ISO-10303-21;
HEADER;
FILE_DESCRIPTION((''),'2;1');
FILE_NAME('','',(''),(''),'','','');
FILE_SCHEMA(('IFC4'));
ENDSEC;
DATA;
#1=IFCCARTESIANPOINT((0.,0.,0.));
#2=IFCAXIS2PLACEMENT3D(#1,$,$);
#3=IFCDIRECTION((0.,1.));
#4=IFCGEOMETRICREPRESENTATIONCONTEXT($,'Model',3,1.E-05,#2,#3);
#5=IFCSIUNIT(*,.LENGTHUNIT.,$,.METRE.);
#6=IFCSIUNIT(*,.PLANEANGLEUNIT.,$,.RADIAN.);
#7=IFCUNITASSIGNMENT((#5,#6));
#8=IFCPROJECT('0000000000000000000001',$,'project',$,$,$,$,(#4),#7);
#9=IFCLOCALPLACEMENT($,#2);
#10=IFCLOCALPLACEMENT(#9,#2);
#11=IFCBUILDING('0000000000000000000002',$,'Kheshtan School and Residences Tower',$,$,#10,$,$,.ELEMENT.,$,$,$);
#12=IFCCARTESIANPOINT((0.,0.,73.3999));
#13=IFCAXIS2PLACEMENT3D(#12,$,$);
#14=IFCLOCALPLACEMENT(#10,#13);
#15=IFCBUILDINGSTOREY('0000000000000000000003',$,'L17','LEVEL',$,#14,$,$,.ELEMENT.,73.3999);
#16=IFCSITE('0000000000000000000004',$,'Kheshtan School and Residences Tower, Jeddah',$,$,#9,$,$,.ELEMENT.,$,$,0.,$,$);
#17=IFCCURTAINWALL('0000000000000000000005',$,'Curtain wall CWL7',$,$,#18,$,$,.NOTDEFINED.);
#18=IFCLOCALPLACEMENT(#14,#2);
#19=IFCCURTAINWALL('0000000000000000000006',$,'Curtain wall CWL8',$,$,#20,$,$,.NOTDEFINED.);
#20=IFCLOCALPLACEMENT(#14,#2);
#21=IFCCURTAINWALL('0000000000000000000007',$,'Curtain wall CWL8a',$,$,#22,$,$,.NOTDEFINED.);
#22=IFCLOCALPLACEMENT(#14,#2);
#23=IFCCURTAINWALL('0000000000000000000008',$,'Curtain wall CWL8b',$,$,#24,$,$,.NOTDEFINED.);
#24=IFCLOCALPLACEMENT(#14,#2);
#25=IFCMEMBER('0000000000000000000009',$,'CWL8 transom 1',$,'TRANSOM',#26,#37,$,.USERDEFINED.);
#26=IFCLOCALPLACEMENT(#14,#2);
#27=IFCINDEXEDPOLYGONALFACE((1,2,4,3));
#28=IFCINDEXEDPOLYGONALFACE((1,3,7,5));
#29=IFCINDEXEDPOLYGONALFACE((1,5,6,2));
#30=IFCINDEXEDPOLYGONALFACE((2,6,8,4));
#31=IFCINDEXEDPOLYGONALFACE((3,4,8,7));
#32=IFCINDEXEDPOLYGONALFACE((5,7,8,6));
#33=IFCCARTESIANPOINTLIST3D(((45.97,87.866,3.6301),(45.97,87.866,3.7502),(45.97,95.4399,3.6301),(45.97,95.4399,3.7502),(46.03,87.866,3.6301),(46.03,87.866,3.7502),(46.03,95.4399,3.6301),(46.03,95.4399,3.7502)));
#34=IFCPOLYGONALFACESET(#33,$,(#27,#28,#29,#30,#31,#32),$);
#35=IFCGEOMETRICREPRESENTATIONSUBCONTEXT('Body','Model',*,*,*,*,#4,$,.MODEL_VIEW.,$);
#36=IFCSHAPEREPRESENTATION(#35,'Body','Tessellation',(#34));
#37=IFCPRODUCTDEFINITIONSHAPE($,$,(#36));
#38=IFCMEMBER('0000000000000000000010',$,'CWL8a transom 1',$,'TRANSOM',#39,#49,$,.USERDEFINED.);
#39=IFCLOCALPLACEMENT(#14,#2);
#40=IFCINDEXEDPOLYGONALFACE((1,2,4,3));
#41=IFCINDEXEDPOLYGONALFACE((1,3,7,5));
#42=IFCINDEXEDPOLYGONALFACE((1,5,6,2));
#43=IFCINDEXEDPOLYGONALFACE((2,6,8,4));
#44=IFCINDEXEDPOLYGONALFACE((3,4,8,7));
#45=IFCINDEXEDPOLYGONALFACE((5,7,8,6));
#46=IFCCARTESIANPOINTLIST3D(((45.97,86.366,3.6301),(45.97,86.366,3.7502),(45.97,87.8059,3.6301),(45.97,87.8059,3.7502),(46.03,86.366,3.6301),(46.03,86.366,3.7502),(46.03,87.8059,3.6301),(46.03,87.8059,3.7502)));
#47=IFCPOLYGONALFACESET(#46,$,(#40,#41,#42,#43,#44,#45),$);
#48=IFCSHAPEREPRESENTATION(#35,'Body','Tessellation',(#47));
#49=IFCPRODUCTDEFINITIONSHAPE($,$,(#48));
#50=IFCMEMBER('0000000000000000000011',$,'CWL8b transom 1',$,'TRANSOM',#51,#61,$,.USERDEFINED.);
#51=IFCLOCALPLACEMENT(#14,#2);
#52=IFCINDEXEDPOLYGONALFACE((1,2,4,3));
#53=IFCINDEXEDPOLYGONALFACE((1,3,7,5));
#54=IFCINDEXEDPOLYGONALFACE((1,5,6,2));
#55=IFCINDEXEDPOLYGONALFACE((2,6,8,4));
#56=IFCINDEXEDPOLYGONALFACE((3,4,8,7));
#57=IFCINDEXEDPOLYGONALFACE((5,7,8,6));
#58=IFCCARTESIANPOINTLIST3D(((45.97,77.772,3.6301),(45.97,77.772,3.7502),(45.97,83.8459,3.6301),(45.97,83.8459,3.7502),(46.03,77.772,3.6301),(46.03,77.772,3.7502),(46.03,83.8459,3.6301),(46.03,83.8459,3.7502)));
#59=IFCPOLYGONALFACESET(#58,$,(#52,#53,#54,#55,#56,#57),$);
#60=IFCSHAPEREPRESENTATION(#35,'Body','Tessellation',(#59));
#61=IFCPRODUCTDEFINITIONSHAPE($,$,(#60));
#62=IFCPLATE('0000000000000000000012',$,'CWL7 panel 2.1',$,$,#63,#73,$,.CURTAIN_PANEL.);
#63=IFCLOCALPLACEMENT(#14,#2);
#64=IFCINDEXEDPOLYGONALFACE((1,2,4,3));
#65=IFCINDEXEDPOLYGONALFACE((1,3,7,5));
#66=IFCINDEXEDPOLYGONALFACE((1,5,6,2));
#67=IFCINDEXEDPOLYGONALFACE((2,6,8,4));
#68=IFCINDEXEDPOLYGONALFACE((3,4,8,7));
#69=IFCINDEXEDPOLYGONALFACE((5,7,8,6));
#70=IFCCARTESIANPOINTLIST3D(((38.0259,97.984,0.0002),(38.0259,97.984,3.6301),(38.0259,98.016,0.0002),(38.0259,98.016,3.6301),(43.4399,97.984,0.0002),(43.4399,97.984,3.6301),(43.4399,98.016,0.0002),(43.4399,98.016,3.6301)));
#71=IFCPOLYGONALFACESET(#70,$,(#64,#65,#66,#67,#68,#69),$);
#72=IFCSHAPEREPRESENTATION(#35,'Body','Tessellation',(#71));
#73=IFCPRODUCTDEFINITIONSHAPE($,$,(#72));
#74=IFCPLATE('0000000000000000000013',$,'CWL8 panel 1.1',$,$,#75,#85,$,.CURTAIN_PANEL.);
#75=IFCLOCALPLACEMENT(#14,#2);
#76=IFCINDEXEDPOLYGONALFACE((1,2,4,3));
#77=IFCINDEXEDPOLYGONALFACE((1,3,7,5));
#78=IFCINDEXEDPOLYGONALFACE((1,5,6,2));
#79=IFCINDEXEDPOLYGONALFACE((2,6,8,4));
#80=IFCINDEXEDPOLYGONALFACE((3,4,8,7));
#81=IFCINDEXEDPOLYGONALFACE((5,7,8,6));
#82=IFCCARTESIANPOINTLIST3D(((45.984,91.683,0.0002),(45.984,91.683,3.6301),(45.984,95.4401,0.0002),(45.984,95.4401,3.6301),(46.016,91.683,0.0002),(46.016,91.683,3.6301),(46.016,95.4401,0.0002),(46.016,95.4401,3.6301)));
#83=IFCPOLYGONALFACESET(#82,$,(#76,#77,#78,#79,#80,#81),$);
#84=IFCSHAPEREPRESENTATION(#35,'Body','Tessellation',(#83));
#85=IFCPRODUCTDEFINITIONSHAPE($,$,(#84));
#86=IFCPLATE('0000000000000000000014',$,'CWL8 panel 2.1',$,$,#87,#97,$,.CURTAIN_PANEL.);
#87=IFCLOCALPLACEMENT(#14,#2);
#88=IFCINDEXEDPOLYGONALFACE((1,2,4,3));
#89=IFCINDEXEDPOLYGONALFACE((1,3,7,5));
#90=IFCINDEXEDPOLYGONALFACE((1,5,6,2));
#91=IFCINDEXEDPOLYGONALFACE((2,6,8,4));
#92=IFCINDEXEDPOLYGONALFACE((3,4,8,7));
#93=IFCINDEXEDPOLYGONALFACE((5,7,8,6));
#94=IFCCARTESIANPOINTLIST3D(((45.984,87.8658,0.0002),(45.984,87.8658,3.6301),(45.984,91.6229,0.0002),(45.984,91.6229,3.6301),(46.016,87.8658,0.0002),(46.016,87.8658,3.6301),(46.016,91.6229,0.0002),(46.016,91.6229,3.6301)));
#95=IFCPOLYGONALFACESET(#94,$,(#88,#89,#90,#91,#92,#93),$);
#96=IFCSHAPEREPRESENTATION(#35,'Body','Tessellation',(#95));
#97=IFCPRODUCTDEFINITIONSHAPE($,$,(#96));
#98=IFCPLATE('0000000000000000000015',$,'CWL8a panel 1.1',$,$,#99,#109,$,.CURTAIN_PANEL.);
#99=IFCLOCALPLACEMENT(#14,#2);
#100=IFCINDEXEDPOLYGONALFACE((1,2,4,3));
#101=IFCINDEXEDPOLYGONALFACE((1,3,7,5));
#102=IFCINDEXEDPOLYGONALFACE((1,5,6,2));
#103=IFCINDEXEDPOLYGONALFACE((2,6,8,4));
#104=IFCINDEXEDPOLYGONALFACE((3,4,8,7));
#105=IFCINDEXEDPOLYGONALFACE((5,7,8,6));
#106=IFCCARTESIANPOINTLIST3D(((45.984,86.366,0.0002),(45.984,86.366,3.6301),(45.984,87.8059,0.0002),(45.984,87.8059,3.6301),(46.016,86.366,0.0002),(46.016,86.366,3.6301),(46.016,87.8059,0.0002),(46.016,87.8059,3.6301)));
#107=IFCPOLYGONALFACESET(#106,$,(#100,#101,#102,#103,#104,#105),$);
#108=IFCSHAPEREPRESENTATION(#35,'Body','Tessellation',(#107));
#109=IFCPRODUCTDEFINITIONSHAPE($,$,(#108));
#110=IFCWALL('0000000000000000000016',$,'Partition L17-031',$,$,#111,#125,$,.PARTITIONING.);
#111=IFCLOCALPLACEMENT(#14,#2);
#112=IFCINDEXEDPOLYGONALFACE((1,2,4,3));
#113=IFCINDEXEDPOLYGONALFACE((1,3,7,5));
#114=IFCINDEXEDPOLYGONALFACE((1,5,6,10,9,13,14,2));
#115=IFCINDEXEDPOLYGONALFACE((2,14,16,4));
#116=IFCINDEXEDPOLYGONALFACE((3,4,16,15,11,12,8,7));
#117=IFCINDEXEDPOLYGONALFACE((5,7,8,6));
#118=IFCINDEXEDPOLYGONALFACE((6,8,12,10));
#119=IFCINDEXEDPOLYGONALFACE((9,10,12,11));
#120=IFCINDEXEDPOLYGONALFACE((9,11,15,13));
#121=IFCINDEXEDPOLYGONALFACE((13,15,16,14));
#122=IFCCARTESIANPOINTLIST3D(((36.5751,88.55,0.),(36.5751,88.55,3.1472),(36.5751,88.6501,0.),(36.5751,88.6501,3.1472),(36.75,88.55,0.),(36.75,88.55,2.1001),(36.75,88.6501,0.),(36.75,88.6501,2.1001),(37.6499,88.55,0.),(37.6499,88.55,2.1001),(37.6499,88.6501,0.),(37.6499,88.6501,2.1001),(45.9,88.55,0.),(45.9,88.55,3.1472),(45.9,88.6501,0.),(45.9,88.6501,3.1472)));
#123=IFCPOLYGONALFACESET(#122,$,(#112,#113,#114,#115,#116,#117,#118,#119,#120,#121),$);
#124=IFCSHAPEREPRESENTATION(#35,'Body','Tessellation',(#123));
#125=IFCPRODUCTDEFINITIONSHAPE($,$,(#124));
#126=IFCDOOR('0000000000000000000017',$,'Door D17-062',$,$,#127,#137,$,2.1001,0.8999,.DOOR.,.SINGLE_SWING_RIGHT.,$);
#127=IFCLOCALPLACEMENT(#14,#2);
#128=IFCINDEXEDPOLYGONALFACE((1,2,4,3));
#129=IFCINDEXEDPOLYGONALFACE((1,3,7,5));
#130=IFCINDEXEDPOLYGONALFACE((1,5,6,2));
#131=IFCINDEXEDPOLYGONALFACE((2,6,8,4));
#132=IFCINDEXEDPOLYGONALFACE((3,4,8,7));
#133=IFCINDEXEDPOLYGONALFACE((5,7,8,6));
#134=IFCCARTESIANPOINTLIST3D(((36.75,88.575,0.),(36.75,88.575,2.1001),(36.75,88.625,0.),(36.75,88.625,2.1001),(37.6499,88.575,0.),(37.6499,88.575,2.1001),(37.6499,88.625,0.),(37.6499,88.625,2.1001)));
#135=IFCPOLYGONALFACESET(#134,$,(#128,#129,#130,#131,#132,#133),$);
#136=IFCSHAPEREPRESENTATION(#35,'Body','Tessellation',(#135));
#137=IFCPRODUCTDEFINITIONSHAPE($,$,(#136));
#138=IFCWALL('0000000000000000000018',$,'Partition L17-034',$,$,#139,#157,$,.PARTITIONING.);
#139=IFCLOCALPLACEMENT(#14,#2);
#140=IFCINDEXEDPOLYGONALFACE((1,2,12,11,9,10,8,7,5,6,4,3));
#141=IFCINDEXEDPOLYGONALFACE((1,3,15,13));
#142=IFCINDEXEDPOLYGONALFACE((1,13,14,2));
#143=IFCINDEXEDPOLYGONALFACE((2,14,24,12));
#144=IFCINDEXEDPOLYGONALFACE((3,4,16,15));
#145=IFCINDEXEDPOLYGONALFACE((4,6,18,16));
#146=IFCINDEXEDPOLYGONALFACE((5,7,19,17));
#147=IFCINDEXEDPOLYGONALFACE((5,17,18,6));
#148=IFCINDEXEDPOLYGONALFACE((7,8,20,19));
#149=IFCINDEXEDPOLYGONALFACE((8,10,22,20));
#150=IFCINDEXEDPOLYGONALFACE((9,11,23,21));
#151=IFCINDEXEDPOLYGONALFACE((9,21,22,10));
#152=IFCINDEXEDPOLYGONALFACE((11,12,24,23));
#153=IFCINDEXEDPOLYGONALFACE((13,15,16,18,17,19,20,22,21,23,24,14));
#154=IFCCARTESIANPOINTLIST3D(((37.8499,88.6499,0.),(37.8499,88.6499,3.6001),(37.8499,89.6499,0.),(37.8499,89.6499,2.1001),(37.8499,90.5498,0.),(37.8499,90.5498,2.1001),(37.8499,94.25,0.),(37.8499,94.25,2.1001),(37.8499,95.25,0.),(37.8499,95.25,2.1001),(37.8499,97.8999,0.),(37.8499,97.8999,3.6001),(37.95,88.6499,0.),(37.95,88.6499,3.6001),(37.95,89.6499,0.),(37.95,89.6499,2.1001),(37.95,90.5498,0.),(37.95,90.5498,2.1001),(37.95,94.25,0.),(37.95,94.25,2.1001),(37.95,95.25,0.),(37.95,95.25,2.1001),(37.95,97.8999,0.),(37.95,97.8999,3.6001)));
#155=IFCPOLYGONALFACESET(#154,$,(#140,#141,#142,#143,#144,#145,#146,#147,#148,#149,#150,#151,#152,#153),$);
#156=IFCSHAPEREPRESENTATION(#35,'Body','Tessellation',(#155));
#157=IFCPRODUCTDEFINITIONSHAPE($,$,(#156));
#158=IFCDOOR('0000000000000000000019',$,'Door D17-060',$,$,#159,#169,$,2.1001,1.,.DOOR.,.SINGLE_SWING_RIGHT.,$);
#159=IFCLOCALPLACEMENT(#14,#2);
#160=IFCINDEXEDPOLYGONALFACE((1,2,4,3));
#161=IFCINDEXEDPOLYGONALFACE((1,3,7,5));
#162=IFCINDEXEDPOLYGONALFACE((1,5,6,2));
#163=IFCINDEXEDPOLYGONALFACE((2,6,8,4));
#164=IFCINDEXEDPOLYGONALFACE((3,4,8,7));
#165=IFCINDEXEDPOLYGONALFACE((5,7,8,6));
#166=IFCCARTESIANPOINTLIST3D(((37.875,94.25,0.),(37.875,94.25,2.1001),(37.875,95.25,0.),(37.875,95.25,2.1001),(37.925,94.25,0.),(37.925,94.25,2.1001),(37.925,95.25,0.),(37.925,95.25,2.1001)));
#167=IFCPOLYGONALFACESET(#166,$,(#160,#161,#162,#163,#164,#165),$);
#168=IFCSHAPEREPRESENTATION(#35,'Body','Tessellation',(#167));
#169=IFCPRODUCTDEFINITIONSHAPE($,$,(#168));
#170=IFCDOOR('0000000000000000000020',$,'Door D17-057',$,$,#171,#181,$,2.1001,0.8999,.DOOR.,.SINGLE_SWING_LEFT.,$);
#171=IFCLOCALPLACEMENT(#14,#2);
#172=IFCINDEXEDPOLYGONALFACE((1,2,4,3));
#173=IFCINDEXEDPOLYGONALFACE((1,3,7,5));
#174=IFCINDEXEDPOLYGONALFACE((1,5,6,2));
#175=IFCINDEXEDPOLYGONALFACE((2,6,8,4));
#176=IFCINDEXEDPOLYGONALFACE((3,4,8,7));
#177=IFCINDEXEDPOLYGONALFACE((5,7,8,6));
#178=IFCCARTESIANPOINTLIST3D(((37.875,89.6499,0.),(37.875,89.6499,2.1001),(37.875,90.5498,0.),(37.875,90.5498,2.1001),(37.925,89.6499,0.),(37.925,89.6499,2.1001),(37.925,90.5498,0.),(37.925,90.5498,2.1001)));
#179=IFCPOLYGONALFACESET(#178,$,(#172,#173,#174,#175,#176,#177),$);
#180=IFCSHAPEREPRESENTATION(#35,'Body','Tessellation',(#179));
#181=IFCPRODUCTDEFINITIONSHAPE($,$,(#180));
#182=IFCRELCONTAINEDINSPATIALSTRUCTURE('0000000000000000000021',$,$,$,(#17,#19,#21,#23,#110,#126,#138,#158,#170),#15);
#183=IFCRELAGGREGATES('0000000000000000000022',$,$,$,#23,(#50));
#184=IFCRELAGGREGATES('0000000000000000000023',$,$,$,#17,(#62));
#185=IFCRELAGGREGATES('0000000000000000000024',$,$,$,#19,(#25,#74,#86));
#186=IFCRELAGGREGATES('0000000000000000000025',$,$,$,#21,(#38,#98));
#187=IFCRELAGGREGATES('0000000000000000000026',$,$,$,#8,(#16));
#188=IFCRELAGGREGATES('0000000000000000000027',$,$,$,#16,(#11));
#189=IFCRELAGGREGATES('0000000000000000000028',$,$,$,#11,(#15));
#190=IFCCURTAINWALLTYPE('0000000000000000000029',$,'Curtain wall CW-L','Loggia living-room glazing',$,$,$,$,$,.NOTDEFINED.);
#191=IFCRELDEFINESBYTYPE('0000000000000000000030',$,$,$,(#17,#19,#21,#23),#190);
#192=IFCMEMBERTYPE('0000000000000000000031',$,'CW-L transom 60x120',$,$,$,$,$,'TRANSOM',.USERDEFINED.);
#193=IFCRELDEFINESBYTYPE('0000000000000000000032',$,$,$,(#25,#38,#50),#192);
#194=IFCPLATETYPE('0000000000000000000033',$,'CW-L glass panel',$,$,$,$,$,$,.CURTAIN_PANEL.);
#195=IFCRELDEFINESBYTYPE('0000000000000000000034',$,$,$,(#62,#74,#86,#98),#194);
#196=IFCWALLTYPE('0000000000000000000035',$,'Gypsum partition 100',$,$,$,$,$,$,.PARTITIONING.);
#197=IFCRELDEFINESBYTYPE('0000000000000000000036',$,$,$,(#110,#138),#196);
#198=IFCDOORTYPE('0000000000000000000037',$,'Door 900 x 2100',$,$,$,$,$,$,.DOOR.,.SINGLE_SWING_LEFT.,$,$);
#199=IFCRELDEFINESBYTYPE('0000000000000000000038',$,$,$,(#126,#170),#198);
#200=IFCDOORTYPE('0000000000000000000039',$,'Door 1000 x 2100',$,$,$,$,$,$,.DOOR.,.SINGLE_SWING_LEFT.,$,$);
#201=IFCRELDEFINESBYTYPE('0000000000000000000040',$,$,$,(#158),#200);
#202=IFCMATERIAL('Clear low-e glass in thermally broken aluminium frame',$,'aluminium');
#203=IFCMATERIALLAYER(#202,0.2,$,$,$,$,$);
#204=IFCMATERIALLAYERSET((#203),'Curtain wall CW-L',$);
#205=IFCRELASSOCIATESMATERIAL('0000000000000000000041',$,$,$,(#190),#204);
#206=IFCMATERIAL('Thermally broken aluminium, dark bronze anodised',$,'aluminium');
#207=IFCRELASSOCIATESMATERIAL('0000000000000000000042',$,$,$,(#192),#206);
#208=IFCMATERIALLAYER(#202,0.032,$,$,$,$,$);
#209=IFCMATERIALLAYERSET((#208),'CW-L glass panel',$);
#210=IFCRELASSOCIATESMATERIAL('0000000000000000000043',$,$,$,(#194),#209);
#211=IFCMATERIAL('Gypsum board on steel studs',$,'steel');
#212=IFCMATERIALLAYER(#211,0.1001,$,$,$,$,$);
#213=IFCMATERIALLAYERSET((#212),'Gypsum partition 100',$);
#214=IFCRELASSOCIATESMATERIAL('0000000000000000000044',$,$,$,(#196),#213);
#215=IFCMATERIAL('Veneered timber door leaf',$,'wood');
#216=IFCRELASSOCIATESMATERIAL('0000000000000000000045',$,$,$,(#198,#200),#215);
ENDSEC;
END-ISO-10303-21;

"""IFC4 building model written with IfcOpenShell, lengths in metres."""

from ifc_helpers import new_model, si_unit, direction, frame, frame_2d, origin, origin_2d, place, context, subcontext, project, spatial, rectangle, extrude, source, transform, mapped, material, layer, layer_set, material_profile, profile_set, type_object, element, fill, aggregate, save


model = new_model("IFC4")

# Units and contexts
model_context = context("Model", 3, precision=1e-05, world=origin(), true_north=direction((0.0, 1.0)))
body_context = subcontext(model_context, "Body", "Model", "MODEL_VIEW")
ifc_project = project(units=[si_unit("LENGTHUNIT", "METRE"), si_unit("PLANEANGLEUNIT", "RADIAN")], contexts=[model_context])

# Site, building, storey
site_placement = place(None, origin())
site = spatial("IfcSite", under=ifc_project, at=site_placement, Name="Kheshtan School and Residences Tower, Jeddah", CompositionType="ELEMENT", RefElevation=0.0)
building_placement = place(site_placement, origin())
building = spatial("IfcBuilding", under=site, at=building_placement, Name="Kheshtan School and Residences Tower", CompositionType="ELEMENT")
storey_placement = place(building_placement, frame((0.0, 0.0, 73.3999)))
storey = spatial("IfcBuildingStorey", under=building, at=storey_placement, Name="L17", Description="LEVEL", CompositionType="ELEMENT", Elevation=73.3999)

# Curtain walls
ifc_material_1 = material(Name="Clear low-e glass in thermally broken aluminium frame", Category="aluminium")
ifc_layer_1 = layer(ifc_material_1, 0.2)
ifc_layer_set_1 = layer_set([ifc_layer_1], Name="Curtain wall CW-L")
curtain_wall_type = type_object("IfcCurtainWallType", Name="Curtain wall CW-L", Description="Loggia living-room glazing", PredefinedType="NOTDEFINED", material=ifc_layer_set_1)
curtain_wall_1_placement = place(storey_placement, origin())
curtain_wall_1 = element("IfcCurtainWall", 1, at=curtain_wall_1_placement, inside=storey, type_object=curtain_wall_type, Name="Curtain wall CWL7", PredefinedType="NOTDEFINED")
ifc_material_2 = material(Name="Thermally broken aluminium, dark bronze anodised", Category="aluminium")
curtain_wall_2_placement = place(storey_placement, origin())
curtain_wall_2 = element("IfcCurtainWall", 2, at=curtain_wall_2_placement, inside=storey, type_object=curtain_wall_type, Name="Curtain wall CWL8", PredefinedType="NOTDEFINED")

# Curtain walls
curtain_wall_3_placement = place(storey_placement, origin())
curtain_wall_3 = element("IfcCurtainWall", 3, at=curtain_wall_3_placement, inside=storey, type_object=curtain_wall_type, Name="Curtain wall CWL8a", PredefinedType="NOTDEFINED")
curtain_wall_4_placement = place(storey_placement, origin())
curtain_wall_4 = element("IfcCurtainWall", 4, at=curtain_wall_4_placement, inside=storey, type_object=curtain_wall_type, Name="Curtain wall CWL8b", PredefinedType="NOTDEFINED")

# Members
ifc_material_profile_1 = material_profile(ifc_material_2, rectangle(XDim=0.0601, YDim=0.1201, at=origin_2d()), Name="CW-L transom 60x120")
ifc_profile_set_1 = profile_set([ifc_material_profile_1], Name="Thermally broken aluminium, dark bronze anodised")
member_type_1 = type_object("IfcMemberType", Name="CW-L transom 60x120", ElementType="TRANSOM", PredefinedType="USERDEFINED", material=ifc_profile_set_1)
member_1_placement = place(storey_placement, frame((46.0, 95.4399, 3.6902), z_axis=(0.0, -1.0, 0.0), x_axis=(1.0, 0.0, 0.0)))
member_1 = element("IfcMember", 5, at=member_1_placement, type_object=member_type_1, Name="CWL8 transom 1", ObjectType="TRANSOM", PredefinedType="USERDEFINED", context=body_context, shape_type="SweptSolid", body=[
    extrude(rectangle(XDim=0.0601, YDim=0.1201, at=origin_2d()), origin(), (0.0, 0.0, 1.0), 7.574),
])
member_2_placement = place(storey_placement, frame((46.0, 87.8059, 3.6902), z_axis=(0.0, -1.0, 0.0), x_axis=(1.0, 0.0, 0.0)))
member_2 = element("IfcMember", 6, at=member_2_placement, type_object=member_type_1, Name="CWL8a transom 1", ObjectType="TRANSOM", PredefinedType="USERDEFINED", context=body_context, shape_type="SweptSolid", body=[
    extrude(rectangle(XDim=0.0601, YDim=0.1201, at=origin_2d()), origin(), (0.0, 0.0, 1.0), 1.4399),
])
member_3_placement = place(storey_placement, frame((46.0, 83.8459, 3.6902), z_axis=(0.0, -1.0, 0.0), x_axis=(1.0, 0.0, 0.0)))
member_3 = element("IfcMember", 7, at=member_3_placement, type_object=member_type_1, Name="CWL8b transom 1", ObjectType="TRANSOM", PredefinedType="USERDEFINED", context=body_context, shape_type="SweptSolid", body=[
    extrude(rectangle(XDim=0.0601, YDim=0.1201, at=origin_2d()), origin(), (0.0, 0.0, 1.0), 6.074),
])
aggregate(curtain_wall_4, [member_3])

# Plates
ifc_layer_2 = layer(ifc_material_1, 0.032)
ifc_layer_set_2 = layer_set([ifc_layer_2], Name="CW-L glass panel")
plate_type = type_object("IfcPlateType", Name="CW-L glass panel", PredefinedType="CURTAIN_PANEL", material=ifc_layer_set_2)
plate_1_placement = place(storey_placement, frame((40.7329, 98.0, 0.0002), z_axis=(0.0, 0.0, 1.0), x_axis=(1.0, 0.0, 0.0)))
plate_1 = element("IfcPlate", 8, at=plate_1_placement, type_object=plate_type, Name="CWL7 panel 2.1", PredefinedType="CURTAIN_PANEL", context=body_context, shape_type="SweptSolid", body=[
    extrude(rectangle(XDim=5.4141, YDim=0.032, at=origin_2d()), origin(), (0.0, 0.0, 1.0), 3.6299),
])
aggregate(curtain_wall_1, [plate_1])
plate_2_placement = place(storey_placement, frame((46.0, 93.5615, 0.0002), z_axis=(0.0, 0.0, 1.0), x_axis=(0.0, -1.0, 0.0)))
plate_2 = element("IfcPlate", 9, at=plate_2_placement, type_object=plate_type, Name="CWL8 panel 1.1", PredefinedType="CURTAIN_PANEL", context=body_context, shape_type="SweptSolid", body=[
    extrude(rectangle(XDim=3.7571, YDim=0.032, at=origin_2d()), origin(), (0.0, 0.0, 1.0), 3.6299),
])
plate_3_placement = place(storey_placement, frame((46.0, 89.7444, 0.0002), z_axis=(0.0, 0.0, 1.0), x_axis=(0.0, -1.0, 0.0)))
plate_3 = element("IfcPlate", 10, at=plate_3_placement, type_object=plate_type, Name="CWL8 panel 2.1", PredefinedType="CURTAIN_PANEL", context=body_context, shape_type="SweptSolid", body=[
    extrude(rectangle(XDim=3.7571, YDim=0.032, at=origin_2d()), origin(), (0.0, 0.0, 1.0), 3.6299),
])
aggregate(curtain_wall_2, [member_1, plate_2, plate_3])
plate_4_placement = place(storey_placement, frame((46.0, 87.0859, 0.0002), z_axis=(0.0, 0.0, 1.0), x_axis=(0.0, -1.0, 0.0)))
plate_4 = element("IfcPlate", 11, at=plate_4_placement, type_object=plate_type, Name="CWL8a panel 1.1", PredefinedType="CURTAIN_PANEL", context=body_context, shape_type="SweptSolid", body=[
    extrude(rectangle(XDim=1.4399, YDim=0.032, at=origin_2d()), origin(), (0.0, 0.0, 1.0), 3.6299),
])
aggregate(curtain_wall_3, [member_2, plate_4])

# Wall, opening, door
ifc_material_3 = material(Name="Gypsum board on steel studs", Category="steel")
ifc_layer_3 = layer(ifc_material_3, 0.1001)
ifc_layer_set_3 = layer_set([ifc_layer_3], Name="Gypsum partition 100")
wall_type_1 = type_object("IfcWallType", Name="Gypsum partition 100", PredefinedType="PARTITIONING", material=ifc_layer_set_3)
wall_1_placement = place(storey_placement, frame((36.575, 88.6001, 0.0), z_axis=(0.0, 0.0, 1.0), x_axis=(1.0, 0.0, 0.0)))
wall_1 = element("IfcWall", 12, at=wall_1_placement, inside=storey, type_object=wall_type_1, Name="Partition L17-031", PredefinedType="PARTITIONING", context=body_context, shape_type="SweptSolid", body=[
    extrude(rectangle(XDim=9.325, YDim=0.1001, at=frame_2d((4.6626, 0.0))), origin(), (0.0, 0.0, 1.0), 3.1472),
])
opening_1_placement = place(wall_1_placement, frame((0.175, 0.0, 0.0)))
opening_1 = element("IfcOpeningElement", 13, at=opening_1_placement, cuts=wall_1, PredefinedType="OPENING", context=body_context, shape_type="SweptSolid", body=[
    extrude(rectangle(XDim=0.8999, YDim=2.1001, at=frame_2d((0.45, 1.05))), frame((0.0, 0.0601, 0.0), z_axis=(0.0, -1.0, 0.0), x_axis=(1.0, 0.0, 0.0)), (0.0, 0.0, 1.0), 0.1201),
])
ifc_material_4 = material(Name="Veneered timber door leaf", Category="wood")
door_type_1 = type_object("IfcDoorType", Name="Door 900 x 2100", OperationType="SINGLE_SWING_LEFT", PredefinedType="DOOR", material=ifc_material_4)
shared_shape_1 = source(origin(), body_context, "Body", "SweptSolid", [
    extrude(rectangle(XDim=0.8999, YDim=2.1001, at=frame_2d((0.45, 1.05))), frame((0.0, 0.0249, 0.0), z_axis=(0.0, -1.0, 0.0), x_axis=(1.0, 0.0, 0.0)), (0.0, 0.0, 1.0), 0.05),
])
door_1_placement = place(opening_1_placement, origin())
door_1 = element("IfcDoor", 14, at=door_1_placement, inside=storey, type_object=door_type_1, Name="Door D17-062", OperationType="SINGLE_SWING_RIGHT", OverallHeight=2.1001, OverallWidth=0.8999, PredefinedType="DOOR", context=body_context, shape_type="MappedRepresentation", body=[
    mapped(shared_shape_1, transform((0.0, 0.0, 0.0), x_axis=(1.0, 0.0, 0.0), y_axis=(0.0, 1.0, 0.0), z_axis=(0.0, 0.0, 1.0), scale=1.0)),
])
fill(opening_1, door_1)

# Wall, openings, doors
wall_2_placement = place(storey_placement, frame((37.8999, 88.6499, 0.0), z_axis=(0.0, 0.0, 1.0), x_axis=(0.0, 1.0, 0.0)))
wall_2 = element("IfcWall", 15, at=wall_2_placement, inside=storey, type_object=wall_type_1, Name="Partition L17-034", PredefinedType="PARTITIONING", context=body_context, shape_type="SweptSolid", body=[
    extrude(rectangle(XDim=9.25, YDim=0.1001, at=frame_2d((4.625, 0.0))), origin(), (0.0, 0.0, 1.0), 3.6001),
])
opening_2_placement = place(wall_2_placement, frame((1.0, 0.0, 0.0)))
opening_2 = element("IfcOpeningElement", 16, at=opening_2_placement, cuts=wall_2, PredefinedType="OPENING", context=body_context, shape_type="SweptSolid", body=[
    extrude(rectangle(XDim=0.8999, YDim=2.1001, at=frame_2d((0.45, 1.05))), frame((0.0, 0.0601, 0.0), z_axis=(0.0, -1.0, 0.0), x_axis=(1.0, 0.0, 0.0)), (0.0, 0.0, 1.0), 0.1201),
])
opening_3_placement = place(wall_2_placement, frame((5.6001, 0.0, 0.0)))
opening_3 = element("IfcOpeningElement", 17, at=opening_3_placement, cuts=wall_2, PredefinedType="OPENING", context=body_context, shape_type="SweptSolid", body=[
    extrude(rectangle(XDim=1.0, YDim=2.1001, at=frame_2d((0.5, 1.05))), frame((0.0, 0.0601, 0.0), z_axis=(0.0, -1.0, 0.0), x_axis=(1.0, 0.0, 0.0)), (0.0, 0.0, 1.0), 0.1201),
])
door_type_2 = type_object("IfcDoorType", Name="Door 1000 x 2100", OperationType="SINGLE_SWING_LEFT", PredefinedType="DOOR", material=ifc_material_4)
shared_shape_2 = source(origin(), body_context, "Body", "SweptSolid", [
    extrude(rectangle(XDim=1.0, YDim=2.1001, at=frame_2d((0.5, 1.05))), frame((0.0, 0.0249, 0.0), z_axis=(0.0, -1.0, 0.0), x_axis=(1.0, 0.0, 0.0)), (0.0, 0.0, 1.0), 0.05),
])
door_2_placement = place(opening_3_placement, origin())
door_2 = element("IfcDoor", 18, at=door_2_placement, inside=storey, type_object=door_type_2, Name="Door D17-060", OperationType="SINGLE_SWING_RIGHT", OverallHeight=2.1001, OverallWidth=1.0, PredefinedType="DOOR", context=body_context, shape_type="MappedRepresentation", body=[
    mapped(shared_shape_2, transform((0.0, 0.0, 0.0), x_axis=(1.0, 0.0, 0.0), y_axis=(0.0, 1.0, 0.0), z_axis=(0.0, 0.0, 1.0), scale=1.0)),
])
fill(opening_3, door_2)
door_3_placement = place(opening_2_placement, origin())
door_3 = element("IfcDoor", 19, at=door_3_placement, inside=storey, type_object=door_type_1, Name="Door D17-057", OperationType="SINGLE_SWING_LEFT", OverallHeight=2.1001, OverallWidth=0.8999, PredefinedType="DOOR", context=body_context, shape_type="MappedRepresentation", body=[
    mapped(shared_shape_1, transform((0.0, 0.0, 0.0), x_axis=(1.0, 0.0, 0.0), y_axis=(0.0, 1.0, 0.0), z_axis=(0.0, 0.0, 1.0), scale=1.0)),
])
fill(opening_2, door_3)

save(model, "model.ifc")
